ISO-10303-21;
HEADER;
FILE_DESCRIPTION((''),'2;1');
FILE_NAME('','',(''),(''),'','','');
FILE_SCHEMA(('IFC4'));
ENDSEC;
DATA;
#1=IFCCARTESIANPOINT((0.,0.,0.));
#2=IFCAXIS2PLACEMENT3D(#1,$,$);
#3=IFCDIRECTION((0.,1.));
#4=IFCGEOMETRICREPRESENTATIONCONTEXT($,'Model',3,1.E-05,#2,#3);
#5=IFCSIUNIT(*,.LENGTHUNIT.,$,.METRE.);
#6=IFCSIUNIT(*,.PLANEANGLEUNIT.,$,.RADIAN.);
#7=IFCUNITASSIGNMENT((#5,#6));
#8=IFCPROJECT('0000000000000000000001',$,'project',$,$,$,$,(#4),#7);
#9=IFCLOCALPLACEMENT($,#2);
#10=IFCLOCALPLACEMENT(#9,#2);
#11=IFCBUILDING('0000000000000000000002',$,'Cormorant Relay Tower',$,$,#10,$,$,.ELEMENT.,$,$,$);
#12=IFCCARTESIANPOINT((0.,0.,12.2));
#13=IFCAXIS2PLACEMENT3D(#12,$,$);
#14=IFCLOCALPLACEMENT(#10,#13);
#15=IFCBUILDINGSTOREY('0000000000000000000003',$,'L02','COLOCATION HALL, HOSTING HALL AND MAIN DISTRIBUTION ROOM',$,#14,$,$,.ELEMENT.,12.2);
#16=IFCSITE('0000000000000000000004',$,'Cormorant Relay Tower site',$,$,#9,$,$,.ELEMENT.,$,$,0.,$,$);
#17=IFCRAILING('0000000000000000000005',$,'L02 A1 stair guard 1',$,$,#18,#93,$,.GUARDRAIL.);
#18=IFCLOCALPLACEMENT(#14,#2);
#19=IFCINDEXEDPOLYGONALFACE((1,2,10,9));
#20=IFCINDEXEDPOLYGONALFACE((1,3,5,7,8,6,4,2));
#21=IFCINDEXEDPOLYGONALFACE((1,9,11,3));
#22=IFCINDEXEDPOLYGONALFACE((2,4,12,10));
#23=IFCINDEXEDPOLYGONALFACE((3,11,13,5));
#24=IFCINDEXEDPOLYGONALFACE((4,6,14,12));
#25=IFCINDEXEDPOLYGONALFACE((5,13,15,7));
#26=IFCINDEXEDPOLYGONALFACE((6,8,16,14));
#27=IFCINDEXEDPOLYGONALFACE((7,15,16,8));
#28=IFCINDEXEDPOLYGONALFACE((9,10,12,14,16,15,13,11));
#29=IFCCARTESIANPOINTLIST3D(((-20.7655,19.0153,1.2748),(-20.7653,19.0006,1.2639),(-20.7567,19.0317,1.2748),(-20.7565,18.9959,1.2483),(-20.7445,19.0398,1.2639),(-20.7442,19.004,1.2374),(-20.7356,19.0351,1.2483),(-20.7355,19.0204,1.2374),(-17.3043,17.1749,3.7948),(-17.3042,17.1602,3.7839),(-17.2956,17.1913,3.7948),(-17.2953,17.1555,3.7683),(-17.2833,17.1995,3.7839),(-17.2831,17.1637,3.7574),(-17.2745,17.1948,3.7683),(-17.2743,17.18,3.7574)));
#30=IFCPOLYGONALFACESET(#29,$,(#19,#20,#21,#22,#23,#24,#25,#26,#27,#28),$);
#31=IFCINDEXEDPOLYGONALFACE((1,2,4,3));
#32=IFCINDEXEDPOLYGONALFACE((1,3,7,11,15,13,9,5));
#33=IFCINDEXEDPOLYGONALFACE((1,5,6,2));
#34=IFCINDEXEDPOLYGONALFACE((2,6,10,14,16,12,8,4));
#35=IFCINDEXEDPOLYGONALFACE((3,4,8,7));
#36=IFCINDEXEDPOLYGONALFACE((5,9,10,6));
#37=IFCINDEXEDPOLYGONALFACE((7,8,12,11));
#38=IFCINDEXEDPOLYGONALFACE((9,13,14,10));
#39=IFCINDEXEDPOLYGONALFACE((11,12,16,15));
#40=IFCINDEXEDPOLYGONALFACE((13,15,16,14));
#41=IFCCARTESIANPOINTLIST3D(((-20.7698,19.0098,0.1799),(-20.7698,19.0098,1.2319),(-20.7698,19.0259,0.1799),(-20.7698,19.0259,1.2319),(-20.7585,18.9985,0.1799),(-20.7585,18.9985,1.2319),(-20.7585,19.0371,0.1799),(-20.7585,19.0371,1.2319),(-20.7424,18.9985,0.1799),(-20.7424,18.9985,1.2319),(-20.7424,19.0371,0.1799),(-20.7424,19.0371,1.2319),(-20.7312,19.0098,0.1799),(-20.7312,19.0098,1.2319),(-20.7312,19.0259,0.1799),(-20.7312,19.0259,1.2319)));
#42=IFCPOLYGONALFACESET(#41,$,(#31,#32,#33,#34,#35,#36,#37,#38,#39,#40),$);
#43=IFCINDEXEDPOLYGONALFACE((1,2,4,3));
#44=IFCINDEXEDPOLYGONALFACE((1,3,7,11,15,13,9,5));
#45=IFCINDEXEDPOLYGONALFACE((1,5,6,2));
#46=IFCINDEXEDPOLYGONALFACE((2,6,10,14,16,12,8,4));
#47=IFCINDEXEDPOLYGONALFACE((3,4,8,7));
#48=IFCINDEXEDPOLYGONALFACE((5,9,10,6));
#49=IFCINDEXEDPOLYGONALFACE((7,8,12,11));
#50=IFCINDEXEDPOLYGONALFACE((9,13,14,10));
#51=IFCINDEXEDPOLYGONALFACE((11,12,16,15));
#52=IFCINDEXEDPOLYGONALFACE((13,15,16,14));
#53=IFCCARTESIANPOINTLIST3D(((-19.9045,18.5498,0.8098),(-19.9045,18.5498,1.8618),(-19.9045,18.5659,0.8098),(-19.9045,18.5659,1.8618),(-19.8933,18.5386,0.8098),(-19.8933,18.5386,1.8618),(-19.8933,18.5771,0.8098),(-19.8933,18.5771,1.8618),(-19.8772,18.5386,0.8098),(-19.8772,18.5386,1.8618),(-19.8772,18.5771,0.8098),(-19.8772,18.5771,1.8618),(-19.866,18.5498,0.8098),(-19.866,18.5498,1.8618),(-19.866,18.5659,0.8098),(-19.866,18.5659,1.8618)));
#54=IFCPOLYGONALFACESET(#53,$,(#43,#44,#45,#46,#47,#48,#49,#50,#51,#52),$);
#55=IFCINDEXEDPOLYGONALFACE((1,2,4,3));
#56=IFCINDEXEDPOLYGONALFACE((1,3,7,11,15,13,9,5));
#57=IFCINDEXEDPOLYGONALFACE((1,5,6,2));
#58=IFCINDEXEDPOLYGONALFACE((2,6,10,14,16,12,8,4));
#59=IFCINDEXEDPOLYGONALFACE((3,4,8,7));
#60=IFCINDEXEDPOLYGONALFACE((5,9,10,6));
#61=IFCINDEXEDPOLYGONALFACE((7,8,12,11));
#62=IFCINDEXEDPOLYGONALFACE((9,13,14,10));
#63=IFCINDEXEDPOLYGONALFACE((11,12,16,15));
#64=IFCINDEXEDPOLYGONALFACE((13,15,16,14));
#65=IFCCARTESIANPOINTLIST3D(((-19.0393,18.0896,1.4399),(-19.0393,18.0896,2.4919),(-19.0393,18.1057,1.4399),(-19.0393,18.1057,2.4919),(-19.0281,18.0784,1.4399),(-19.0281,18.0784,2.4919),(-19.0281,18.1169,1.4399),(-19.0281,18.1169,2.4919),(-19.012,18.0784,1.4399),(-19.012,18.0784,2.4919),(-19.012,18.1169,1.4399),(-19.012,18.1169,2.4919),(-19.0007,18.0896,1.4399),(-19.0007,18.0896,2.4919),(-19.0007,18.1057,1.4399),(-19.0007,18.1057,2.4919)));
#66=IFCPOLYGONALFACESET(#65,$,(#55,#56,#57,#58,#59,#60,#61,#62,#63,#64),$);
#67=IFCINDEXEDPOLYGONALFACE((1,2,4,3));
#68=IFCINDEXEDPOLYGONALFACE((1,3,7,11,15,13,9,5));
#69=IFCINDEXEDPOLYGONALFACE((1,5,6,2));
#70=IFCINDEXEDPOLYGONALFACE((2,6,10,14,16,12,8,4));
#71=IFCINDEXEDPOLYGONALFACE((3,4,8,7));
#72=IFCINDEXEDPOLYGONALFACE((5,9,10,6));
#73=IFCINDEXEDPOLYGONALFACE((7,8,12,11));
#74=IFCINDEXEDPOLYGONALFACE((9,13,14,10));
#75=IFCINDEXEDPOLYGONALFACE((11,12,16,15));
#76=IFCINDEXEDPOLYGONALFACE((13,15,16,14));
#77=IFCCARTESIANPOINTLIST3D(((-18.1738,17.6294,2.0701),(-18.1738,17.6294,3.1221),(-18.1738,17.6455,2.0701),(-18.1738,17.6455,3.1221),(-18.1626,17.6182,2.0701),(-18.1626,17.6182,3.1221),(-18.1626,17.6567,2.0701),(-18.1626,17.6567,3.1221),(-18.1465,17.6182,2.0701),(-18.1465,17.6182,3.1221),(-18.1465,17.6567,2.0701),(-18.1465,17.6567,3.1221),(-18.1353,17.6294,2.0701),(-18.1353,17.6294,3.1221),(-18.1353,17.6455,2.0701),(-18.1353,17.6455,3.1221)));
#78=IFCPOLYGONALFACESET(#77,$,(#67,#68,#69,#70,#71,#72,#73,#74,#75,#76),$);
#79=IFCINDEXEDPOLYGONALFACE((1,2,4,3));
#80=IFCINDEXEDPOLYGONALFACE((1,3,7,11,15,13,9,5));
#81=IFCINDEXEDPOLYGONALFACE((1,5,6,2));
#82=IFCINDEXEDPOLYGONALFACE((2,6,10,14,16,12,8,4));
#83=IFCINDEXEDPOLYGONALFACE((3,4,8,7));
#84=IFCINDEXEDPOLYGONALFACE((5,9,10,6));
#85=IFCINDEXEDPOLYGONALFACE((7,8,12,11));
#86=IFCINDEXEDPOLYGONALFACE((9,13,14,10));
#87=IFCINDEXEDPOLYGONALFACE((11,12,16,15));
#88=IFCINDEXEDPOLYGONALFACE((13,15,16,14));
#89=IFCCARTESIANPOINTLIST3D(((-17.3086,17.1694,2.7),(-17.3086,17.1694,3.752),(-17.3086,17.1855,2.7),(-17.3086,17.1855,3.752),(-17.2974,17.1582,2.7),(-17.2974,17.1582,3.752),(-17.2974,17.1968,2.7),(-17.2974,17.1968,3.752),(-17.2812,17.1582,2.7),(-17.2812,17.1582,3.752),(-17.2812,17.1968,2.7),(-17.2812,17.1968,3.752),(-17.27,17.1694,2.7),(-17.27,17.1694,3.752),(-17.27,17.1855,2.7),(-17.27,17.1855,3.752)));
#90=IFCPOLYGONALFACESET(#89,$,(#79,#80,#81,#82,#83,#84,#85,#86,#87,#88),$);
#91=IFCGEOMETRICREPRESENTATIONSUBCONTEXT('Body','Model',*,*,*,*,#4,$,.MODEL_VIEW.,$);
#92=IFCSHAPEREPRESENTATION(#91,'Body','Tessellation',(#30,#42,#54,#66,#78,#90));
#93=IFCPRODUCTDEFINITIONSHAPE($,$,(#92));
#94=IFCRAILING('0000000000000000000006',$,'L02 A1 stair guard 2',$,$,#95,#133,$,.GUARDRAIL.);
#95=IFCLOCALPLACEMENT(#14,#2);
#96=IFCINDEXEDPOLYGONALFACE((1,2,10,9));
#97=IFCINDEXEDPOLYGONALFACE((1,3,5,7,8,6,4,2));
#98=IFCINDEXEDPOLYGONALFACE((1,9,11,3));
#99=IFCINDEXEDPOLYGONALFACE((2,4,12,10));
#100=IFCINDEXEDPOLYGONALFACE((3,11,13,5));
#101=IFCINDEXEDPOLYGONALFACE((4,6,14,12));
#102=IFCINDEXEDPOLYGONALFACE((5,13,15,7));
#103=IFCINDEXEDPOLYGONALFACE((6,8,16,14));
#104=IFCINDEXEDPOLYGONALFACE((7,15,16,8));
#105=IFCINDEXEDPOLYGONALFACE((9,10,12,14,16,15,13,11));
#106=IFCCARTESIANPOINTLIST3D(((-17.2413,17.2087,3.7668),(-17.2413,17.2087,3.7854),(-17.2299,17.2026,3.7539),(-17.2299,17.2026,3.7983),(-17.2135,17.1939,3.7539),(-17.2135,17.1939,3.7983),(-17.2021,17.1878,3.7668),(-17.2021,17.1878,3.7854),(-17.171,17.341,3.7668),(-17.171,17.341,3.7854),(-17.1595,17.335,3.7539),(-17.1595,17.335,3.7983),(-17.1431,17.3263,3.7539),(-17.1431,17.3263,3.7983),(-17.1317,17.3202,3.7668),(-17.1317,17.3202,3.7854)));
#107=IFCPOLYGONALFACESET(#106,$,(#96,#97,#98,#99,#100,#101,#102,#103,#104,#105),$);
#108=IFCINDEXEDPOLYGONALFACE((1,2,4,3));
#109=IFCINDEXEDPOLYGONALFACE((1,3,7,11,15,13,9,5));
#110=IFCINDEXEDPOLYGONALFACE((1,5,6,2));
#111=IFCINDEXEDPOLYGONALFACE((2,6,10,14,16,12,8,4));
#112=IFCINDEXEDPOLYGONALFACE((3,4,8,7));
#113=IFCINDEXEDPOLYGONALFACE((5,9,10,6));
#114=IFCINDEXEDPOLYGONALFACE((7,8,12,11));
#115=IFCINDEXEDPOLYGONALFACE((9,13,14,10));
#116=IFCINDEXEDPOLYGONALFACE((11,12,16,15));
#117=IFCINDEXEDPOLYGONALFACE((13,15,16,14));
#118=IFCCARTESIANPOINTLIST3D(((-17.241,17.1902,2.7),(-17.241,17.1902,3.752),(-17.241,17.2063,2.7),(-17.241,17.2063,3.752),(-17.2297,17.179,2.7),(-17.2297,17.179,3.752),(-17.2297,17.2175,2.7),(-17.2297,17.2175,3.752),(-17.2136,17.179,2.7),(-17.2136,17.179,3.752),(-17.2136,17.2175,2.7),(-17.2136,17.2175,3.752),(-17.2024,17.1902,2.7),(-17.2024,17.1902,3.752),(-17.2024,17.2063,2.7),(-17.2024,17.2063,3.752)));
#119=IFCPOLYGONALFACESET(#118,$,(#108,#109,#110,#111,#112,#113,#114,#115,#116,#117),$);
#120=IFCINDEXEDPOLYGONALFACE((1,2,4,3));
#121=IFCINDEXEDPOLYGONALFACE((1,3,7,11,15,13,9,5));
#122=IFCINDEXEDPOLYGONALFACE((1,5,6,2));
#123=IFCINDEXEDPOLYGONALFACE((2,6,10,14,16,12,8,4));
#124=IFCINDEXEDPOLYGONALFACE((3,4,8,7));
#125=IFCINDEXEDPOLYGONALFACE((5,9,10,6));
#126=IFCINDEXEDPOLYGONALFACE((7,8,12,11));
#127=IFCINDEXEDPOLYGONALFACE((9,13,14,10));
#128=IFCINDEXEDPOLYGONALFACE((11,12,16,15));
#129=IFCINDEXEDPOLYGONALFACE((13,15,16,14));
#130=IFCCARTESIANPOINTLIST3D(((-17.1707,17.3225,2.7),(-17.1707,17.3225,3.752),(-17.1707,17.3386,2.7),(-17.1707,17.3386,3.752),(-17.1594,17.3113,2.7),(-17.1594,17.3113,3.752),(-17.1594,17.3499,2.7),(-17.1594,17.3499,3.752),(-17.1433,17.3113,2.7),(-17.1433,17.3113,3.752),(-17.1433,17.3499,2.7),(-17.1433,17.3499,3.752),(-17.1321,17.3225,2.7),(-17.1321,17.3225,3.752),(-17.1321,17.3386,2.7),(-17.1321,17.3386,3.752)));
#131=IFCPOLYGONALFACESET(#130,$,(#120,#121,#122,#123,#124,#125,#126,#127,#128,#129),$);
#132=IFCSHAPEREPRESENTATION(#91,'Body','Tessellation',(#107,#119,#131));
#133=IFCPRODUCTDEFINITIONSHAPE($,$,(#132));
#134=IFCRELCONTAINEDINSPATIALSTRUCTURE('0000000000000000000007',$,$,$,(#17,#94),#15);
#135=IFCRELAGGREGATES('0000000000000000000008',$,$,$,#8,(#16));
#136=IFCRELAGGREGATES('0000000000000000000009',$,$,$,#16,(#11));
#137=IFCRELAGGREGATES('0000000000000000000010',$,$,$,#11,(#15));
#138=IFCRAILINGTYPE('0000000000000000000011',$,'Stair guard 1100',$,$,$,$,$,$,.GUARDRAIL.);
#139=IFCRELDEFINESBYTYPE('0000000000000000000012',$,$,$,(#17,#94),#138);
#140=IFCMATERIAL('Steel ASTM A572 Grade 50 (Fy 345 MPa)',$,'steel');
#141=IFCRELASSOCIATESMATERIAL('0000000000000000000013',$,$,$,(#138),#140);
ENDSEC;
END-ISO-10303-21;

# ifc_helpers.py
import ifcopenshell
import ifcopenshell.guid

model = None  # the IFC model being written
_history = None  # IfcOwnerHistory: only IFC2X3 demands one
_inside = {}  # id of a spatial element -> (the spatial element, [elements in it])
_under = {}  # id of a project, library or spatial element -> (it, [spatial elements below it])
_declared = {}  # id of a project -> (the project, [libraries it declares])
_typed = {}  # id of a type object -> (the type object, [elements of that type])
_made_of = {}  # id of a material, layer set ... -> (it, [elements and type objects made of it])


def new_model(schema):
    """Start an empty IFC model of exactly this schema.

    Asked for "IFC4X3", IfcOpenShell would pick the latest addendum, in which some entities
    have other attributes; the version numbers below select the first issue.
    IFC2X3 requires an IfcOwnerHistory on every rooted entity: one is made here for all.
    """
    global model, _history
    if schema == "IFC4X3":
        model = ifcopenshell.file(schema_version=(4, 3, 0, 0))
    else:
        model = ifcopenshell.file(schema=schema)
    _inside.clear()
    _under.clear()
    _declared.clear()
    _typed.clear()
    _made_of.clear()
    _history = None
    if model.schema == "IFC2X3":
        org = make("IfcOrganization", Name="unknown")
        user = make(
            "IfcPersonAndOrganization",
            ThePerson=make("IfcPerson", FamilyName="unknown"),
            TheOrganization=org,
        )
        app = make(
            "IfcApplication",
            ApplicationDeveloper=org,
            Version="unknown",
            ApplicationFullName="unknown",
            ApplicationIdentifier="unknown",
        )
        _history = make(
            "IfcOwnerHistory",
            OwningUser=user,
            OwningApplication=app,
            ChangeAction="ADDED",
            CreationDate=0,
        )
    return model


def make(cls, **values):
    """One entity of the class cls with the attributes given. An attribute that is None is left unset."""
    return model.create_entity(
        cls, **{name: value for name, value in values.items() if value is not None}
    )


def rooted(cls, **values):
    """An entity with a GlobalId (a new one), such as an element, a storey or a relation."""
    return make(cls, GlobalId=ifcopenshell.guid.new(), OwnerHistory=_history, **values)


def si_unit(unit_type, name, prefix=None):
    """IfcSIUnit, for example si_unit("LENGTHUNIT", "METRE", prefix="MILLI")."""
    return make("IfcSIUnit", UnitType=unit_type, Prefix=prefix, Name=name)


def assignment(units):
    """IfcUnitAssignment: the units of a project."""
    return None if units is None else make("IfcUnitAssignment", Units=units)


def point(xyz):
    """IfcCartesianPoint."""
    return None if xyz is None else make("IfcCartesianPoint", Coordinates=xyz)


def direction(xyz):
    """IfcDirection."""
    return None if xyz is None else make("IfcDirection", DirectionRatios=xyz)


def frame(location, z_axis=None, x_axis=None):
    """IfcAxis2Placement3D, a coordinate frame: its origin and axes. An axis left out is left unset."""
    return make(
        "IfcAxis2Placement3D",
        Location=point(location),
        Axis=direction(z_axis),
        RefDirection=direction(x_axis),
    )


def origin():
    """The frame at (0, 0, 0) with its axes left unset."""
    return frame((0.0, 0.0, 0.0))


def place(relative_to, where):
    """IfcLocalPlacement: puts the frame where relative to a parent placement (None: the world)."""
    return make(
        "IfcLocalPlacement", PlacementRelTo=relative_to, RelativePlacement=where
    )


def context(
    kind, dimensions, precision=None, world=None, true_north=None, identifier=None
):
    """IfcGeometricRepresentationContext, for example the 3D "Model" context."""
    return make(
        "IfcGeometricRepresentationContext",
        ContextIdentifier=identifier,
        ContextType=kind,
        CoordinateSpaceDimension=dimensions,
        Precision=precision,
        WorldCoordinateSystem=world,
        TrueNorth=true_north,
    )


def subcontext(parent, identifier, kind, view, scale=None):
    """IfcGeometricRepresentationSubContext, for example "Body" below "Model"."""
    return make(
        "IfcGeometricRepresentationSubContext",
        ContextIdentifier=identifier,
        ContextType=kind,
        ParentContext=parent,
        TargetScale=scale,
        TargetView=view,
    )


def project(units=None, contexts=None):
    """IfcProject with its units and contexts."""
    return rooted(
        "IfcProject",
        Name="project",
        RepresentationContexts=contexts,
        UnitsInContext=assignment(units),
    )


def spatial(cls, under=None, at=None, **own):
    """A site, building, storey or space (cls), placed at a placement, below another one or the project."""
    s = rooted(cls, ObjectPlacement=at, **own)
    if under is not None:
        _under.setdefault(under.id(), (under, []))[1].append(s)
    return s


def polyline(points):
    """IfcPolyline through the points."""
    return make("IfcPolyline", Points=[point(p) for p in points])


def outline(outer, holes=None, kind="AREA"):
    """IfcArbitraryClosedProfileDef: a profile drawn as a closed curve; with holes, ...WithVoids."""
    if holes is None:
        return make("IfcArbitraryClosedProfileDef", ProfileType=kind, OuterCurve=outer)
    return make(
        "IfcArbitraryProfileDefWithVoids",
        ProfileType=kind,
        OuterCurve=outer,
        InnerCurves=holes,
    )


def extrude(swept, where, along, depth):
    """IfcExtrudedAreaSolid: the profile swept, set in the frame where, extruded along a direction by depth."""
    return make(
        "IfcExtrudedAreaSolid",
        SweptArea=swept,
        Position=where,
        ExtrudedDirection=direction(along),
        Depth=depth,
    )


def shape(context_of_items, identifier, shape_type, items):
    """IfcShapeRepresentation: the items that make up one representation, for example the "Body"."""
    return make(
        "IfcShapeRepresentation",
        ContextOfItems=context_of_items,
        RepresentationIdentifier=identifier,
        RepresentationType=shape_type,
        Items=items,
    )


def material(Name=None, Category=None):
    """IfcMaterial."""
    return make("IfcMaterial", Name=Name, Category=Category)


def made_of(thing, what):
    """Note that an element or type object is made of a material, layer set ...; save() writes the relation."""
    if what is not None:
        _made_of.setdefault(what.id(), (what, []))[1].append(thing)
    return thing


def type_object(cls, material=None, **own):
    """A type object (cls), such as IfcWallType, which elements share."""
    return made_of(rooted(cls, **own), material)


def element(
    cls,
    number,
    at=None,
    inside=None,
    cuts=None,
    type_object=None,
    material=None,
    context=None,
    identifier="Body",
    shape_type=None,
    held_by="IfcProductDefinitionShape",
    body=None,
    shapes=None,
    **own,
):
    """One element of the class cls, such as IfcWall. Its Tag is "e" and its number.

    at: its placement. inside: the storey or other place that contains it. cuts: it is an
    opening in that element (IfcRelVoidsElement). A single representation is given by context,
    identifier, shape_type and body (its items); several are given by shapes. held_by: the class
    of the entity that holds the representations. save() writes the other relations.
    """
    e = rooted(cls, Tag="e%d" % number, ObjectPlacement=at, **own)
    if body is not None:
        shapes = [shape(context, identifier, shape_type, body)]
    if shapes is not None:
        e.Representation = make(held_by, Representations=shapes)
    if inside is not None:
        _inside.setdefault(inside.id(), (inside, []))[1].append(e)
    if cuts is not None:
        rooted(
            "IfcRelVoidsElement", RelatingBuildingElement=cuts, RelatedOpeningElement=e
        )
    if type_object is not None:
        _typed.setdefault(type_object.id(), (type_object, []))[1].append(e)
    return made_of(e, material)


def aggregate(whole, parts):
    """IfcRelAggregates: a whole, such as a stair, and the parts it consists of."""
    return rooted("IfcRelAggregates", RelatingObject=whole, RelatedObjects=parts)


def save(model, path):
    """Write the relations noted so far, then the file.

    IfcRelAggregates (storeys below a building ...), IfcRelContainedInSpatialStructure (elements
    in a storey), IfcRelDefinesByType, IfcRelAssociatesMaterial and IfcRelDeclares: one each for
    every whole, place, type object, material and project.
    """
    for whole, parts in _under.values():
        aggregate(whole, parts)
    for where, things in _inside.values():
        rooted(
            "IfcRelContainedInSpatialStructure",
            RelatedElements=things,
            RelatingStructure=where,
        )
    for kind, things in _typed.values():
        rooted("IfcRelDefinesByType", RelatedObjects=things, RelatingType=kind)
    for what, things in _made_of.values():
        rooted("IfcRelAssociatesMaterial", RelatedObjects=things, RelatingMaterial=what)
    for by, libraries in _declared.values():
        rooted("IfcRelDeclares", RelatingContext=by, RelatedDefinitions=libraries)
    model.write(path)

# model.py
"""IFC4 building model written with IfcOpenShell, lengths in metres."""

from ifc_helpers import new_model, si_unit, direction, frame, origin, place, context, subcontext, project, spatial, polyline, outline, extrude, material, type_object, element, save


model = new_model("IFC4")

# Units and contexts
model_context = context("Model", 3, precision=1e-05, world=origin(), true_north=direction((0.0, 1.0)))
body_context = subcontext(model_context, "Body", "Model", "MODEL_VIEW")
ifc_project = project(units=[si_unit("LENGTHUNIT", "METRE"), si_unit("PLANEANGLEUNIT", "RADIAN")], contexts=[model_context])

# Site, building, storey
site_placement = place(None, origin())
site = spatial("IfcSite", under=ifc_project, at=site_placement, Name="Cormorant Relay Tower site", CompositionType="ELEMENT", RefElevation=0.0)
building_placement = place(site_placement, origin())
building = spatial("IfcBuilding", under=site, at=building_placement, Name="Cormorant Relay Tower", CompositionType="ELEMENT")
storey_placement = place(building_placement, frame((0.0, 0.0, 12.2)))
storey = spatial("IfcBuildingStorey", under=building, at=storey_placement, Name="L02", Description="COLOCATION HALL, HOSTING HALL AND MAIN DISTRIBUTION ROOM", CompositionType="ELEMENT", Elevation=12.2)

# Railings
ifc_material_1 = material(Name="Steel ASTM A572 Grade 50 (Fy 345 MPa)", Category="steel")
railing_type_1 = type_object("IfcRailingType", Name="Stair guard 1100", PredefinedType="GUARDRAIL", material=ifc_material_1)
railing_1_placement = place(storey_placement, frame((-20.7505, 19.0178, 0.1799)))
element("IfcRailing", 1, at=railing_1_placement, inside=storey, type_object=railing_type_1, Name="L02 A1 stair guard 1", PredefinedType="GUARDRAIL", context=body_context, shape_type="SweptSolid", body=[
    extrude(outline(polyline([(0.0222, 0.0093), (0.0093, 0.0222), (-0.0093, 0.0222), (-0.0222, 0.0093), (-0.0222, -0.0093), (-0.0093, -0.0222), (0.0093, -0.0222), (0.0222, -0.0093), (0.0222, 0.0093)])), frame((0.0, 0.0, 1.0762), z_axis=(0.742717, -0.394907, 0.540758), x_axis=(0.469469, 0.882949, 0.0)), (0.0, 0.0, 1.0), 4.6602),
    extrude(outline(polyline([(0.0193, 0.0081), (0.0081, 0.0193), (-0.0081, 0.0193), (-0.0193, 0.0081), (-0.0193, -0.0081), (-0.0081, -0.0193), (0.0081, -0.0193), (0.0193, -0.0081), (0.0193, 0.0081)])), origin(), (0.0, 0.0, 1.0), 1.052),
    extrude(outline(polyline([(0.0193, 0.0081), (0.0081, 0.0193), (-0.0081, 0.0193), (-0.0193, 0.0081), (-0.0193, -0.0081), (-0.0081, -0.0193), (0.0081, -0.0193), (0.0193, -0.0081), (0.0193, 0.0081)])), frame((0.8652, -0.46, 0.6299)), (0.0, 0.0, 1.0), 1.052),
    extrude(outline(polyline([(0.0193, 0.0081), (0.0081, 0.0193), (-0.0081, 0.0193), (-0.0193, 0.0081), (-0.0193, -0.0081), (-0.0081, -0.0193), (0.0081, -0.0193), (0.0193, -0.0081), (0.0193, 0.0081)])), frame((1.7305, -0.9202, 1.26)), (0.0, 0.0, 1.0), 1.052),
    extrude(outline(polyline([(0.0193, 0.0081), (0.0081, 0.0193), (-0.0081, 0.0193), (-0.0193, 0.0081), (-0.0193, -0.0081), (-0.0081, -0.0193), (0.0081, -0.0193), (0.0193, -0.0081), (0.0193, 0.0081)])), frame((2.5959, -1.3804, 1.8901)), (0.0, 0.0, 1.0), 1.052),
    extrude(outline(polyline([(0.0193, 0.0081), (0.0081, 0.0193), (-0.0081, 0.0193), (-0.0193, 0.0081), (-0.0193, -0.0081), (-0.0081, -0.0193), (0.0081, -0.0193), (0.0193, -0.0081), (0.0193, 0.0081)])), frame((3.4612, -1.8403, 2.52)), (0.0, 0.0, 1.0), 1.052),
])
railing_2_placement = place(storey_placement, frame((-17.2217, 17.1982, 2.7)))
element("IfcRailing", 2, at=railing_2_placement, inside=storey, type_object=railing_type_1, Name="L02 A1 stair guard 2", PredefinedType="GUARDRAIL", context=body_context, shape_type="SweptSolid", body=[
    extrude(outline(polyline([(0.0222, 0.0093), (0.0093, 0.0222), (-0.0093, 0.0222), (-0.0222, 0.0093), (-0.0222, -0.0093), (-0.0093, -0.0222), (0.0093, -0.0222), (0.0222, -0.0093), (0.0222, 0.0093)])), frame((0.0, 0.0, 1.0762), z_axis=(0.469235, 0.883074, 0.0), x_axis=(-0.883074, 0.469235, 0.0)), (0.0, 0.0, 1.0), 0.1499),
    extrude(outline(polyline([(0.0193, 0.0081), (0.0081, 0.0193), (-0.0081, 0.0193), (-0.0193, 0.0081), (-0.0193, -0.0081), (-0.0081, -0.0193), (0.0081, -0.0193), (0.0193, -0.0081), (0.0193, 0.0081)])), origin(), (0.0, 0.0, 1.0), 1.052),
    extrude(outline(polyline([(0.0193, 0.0081), (0.0081, 0.0193), (-0.0081, 0.0193), (-0.0193, 0.0081), (-0.0193, -0.0081), (-0.0081, -0.0193), (0.0081, -0.0193), (0.0193, -0.0081), (0.0193, 0.0081)])), frame((0.0703, 0.1323, 0.0)), (0.0, 0.0, 1.0), 1.052),
])

save(model, "model.ifc")
